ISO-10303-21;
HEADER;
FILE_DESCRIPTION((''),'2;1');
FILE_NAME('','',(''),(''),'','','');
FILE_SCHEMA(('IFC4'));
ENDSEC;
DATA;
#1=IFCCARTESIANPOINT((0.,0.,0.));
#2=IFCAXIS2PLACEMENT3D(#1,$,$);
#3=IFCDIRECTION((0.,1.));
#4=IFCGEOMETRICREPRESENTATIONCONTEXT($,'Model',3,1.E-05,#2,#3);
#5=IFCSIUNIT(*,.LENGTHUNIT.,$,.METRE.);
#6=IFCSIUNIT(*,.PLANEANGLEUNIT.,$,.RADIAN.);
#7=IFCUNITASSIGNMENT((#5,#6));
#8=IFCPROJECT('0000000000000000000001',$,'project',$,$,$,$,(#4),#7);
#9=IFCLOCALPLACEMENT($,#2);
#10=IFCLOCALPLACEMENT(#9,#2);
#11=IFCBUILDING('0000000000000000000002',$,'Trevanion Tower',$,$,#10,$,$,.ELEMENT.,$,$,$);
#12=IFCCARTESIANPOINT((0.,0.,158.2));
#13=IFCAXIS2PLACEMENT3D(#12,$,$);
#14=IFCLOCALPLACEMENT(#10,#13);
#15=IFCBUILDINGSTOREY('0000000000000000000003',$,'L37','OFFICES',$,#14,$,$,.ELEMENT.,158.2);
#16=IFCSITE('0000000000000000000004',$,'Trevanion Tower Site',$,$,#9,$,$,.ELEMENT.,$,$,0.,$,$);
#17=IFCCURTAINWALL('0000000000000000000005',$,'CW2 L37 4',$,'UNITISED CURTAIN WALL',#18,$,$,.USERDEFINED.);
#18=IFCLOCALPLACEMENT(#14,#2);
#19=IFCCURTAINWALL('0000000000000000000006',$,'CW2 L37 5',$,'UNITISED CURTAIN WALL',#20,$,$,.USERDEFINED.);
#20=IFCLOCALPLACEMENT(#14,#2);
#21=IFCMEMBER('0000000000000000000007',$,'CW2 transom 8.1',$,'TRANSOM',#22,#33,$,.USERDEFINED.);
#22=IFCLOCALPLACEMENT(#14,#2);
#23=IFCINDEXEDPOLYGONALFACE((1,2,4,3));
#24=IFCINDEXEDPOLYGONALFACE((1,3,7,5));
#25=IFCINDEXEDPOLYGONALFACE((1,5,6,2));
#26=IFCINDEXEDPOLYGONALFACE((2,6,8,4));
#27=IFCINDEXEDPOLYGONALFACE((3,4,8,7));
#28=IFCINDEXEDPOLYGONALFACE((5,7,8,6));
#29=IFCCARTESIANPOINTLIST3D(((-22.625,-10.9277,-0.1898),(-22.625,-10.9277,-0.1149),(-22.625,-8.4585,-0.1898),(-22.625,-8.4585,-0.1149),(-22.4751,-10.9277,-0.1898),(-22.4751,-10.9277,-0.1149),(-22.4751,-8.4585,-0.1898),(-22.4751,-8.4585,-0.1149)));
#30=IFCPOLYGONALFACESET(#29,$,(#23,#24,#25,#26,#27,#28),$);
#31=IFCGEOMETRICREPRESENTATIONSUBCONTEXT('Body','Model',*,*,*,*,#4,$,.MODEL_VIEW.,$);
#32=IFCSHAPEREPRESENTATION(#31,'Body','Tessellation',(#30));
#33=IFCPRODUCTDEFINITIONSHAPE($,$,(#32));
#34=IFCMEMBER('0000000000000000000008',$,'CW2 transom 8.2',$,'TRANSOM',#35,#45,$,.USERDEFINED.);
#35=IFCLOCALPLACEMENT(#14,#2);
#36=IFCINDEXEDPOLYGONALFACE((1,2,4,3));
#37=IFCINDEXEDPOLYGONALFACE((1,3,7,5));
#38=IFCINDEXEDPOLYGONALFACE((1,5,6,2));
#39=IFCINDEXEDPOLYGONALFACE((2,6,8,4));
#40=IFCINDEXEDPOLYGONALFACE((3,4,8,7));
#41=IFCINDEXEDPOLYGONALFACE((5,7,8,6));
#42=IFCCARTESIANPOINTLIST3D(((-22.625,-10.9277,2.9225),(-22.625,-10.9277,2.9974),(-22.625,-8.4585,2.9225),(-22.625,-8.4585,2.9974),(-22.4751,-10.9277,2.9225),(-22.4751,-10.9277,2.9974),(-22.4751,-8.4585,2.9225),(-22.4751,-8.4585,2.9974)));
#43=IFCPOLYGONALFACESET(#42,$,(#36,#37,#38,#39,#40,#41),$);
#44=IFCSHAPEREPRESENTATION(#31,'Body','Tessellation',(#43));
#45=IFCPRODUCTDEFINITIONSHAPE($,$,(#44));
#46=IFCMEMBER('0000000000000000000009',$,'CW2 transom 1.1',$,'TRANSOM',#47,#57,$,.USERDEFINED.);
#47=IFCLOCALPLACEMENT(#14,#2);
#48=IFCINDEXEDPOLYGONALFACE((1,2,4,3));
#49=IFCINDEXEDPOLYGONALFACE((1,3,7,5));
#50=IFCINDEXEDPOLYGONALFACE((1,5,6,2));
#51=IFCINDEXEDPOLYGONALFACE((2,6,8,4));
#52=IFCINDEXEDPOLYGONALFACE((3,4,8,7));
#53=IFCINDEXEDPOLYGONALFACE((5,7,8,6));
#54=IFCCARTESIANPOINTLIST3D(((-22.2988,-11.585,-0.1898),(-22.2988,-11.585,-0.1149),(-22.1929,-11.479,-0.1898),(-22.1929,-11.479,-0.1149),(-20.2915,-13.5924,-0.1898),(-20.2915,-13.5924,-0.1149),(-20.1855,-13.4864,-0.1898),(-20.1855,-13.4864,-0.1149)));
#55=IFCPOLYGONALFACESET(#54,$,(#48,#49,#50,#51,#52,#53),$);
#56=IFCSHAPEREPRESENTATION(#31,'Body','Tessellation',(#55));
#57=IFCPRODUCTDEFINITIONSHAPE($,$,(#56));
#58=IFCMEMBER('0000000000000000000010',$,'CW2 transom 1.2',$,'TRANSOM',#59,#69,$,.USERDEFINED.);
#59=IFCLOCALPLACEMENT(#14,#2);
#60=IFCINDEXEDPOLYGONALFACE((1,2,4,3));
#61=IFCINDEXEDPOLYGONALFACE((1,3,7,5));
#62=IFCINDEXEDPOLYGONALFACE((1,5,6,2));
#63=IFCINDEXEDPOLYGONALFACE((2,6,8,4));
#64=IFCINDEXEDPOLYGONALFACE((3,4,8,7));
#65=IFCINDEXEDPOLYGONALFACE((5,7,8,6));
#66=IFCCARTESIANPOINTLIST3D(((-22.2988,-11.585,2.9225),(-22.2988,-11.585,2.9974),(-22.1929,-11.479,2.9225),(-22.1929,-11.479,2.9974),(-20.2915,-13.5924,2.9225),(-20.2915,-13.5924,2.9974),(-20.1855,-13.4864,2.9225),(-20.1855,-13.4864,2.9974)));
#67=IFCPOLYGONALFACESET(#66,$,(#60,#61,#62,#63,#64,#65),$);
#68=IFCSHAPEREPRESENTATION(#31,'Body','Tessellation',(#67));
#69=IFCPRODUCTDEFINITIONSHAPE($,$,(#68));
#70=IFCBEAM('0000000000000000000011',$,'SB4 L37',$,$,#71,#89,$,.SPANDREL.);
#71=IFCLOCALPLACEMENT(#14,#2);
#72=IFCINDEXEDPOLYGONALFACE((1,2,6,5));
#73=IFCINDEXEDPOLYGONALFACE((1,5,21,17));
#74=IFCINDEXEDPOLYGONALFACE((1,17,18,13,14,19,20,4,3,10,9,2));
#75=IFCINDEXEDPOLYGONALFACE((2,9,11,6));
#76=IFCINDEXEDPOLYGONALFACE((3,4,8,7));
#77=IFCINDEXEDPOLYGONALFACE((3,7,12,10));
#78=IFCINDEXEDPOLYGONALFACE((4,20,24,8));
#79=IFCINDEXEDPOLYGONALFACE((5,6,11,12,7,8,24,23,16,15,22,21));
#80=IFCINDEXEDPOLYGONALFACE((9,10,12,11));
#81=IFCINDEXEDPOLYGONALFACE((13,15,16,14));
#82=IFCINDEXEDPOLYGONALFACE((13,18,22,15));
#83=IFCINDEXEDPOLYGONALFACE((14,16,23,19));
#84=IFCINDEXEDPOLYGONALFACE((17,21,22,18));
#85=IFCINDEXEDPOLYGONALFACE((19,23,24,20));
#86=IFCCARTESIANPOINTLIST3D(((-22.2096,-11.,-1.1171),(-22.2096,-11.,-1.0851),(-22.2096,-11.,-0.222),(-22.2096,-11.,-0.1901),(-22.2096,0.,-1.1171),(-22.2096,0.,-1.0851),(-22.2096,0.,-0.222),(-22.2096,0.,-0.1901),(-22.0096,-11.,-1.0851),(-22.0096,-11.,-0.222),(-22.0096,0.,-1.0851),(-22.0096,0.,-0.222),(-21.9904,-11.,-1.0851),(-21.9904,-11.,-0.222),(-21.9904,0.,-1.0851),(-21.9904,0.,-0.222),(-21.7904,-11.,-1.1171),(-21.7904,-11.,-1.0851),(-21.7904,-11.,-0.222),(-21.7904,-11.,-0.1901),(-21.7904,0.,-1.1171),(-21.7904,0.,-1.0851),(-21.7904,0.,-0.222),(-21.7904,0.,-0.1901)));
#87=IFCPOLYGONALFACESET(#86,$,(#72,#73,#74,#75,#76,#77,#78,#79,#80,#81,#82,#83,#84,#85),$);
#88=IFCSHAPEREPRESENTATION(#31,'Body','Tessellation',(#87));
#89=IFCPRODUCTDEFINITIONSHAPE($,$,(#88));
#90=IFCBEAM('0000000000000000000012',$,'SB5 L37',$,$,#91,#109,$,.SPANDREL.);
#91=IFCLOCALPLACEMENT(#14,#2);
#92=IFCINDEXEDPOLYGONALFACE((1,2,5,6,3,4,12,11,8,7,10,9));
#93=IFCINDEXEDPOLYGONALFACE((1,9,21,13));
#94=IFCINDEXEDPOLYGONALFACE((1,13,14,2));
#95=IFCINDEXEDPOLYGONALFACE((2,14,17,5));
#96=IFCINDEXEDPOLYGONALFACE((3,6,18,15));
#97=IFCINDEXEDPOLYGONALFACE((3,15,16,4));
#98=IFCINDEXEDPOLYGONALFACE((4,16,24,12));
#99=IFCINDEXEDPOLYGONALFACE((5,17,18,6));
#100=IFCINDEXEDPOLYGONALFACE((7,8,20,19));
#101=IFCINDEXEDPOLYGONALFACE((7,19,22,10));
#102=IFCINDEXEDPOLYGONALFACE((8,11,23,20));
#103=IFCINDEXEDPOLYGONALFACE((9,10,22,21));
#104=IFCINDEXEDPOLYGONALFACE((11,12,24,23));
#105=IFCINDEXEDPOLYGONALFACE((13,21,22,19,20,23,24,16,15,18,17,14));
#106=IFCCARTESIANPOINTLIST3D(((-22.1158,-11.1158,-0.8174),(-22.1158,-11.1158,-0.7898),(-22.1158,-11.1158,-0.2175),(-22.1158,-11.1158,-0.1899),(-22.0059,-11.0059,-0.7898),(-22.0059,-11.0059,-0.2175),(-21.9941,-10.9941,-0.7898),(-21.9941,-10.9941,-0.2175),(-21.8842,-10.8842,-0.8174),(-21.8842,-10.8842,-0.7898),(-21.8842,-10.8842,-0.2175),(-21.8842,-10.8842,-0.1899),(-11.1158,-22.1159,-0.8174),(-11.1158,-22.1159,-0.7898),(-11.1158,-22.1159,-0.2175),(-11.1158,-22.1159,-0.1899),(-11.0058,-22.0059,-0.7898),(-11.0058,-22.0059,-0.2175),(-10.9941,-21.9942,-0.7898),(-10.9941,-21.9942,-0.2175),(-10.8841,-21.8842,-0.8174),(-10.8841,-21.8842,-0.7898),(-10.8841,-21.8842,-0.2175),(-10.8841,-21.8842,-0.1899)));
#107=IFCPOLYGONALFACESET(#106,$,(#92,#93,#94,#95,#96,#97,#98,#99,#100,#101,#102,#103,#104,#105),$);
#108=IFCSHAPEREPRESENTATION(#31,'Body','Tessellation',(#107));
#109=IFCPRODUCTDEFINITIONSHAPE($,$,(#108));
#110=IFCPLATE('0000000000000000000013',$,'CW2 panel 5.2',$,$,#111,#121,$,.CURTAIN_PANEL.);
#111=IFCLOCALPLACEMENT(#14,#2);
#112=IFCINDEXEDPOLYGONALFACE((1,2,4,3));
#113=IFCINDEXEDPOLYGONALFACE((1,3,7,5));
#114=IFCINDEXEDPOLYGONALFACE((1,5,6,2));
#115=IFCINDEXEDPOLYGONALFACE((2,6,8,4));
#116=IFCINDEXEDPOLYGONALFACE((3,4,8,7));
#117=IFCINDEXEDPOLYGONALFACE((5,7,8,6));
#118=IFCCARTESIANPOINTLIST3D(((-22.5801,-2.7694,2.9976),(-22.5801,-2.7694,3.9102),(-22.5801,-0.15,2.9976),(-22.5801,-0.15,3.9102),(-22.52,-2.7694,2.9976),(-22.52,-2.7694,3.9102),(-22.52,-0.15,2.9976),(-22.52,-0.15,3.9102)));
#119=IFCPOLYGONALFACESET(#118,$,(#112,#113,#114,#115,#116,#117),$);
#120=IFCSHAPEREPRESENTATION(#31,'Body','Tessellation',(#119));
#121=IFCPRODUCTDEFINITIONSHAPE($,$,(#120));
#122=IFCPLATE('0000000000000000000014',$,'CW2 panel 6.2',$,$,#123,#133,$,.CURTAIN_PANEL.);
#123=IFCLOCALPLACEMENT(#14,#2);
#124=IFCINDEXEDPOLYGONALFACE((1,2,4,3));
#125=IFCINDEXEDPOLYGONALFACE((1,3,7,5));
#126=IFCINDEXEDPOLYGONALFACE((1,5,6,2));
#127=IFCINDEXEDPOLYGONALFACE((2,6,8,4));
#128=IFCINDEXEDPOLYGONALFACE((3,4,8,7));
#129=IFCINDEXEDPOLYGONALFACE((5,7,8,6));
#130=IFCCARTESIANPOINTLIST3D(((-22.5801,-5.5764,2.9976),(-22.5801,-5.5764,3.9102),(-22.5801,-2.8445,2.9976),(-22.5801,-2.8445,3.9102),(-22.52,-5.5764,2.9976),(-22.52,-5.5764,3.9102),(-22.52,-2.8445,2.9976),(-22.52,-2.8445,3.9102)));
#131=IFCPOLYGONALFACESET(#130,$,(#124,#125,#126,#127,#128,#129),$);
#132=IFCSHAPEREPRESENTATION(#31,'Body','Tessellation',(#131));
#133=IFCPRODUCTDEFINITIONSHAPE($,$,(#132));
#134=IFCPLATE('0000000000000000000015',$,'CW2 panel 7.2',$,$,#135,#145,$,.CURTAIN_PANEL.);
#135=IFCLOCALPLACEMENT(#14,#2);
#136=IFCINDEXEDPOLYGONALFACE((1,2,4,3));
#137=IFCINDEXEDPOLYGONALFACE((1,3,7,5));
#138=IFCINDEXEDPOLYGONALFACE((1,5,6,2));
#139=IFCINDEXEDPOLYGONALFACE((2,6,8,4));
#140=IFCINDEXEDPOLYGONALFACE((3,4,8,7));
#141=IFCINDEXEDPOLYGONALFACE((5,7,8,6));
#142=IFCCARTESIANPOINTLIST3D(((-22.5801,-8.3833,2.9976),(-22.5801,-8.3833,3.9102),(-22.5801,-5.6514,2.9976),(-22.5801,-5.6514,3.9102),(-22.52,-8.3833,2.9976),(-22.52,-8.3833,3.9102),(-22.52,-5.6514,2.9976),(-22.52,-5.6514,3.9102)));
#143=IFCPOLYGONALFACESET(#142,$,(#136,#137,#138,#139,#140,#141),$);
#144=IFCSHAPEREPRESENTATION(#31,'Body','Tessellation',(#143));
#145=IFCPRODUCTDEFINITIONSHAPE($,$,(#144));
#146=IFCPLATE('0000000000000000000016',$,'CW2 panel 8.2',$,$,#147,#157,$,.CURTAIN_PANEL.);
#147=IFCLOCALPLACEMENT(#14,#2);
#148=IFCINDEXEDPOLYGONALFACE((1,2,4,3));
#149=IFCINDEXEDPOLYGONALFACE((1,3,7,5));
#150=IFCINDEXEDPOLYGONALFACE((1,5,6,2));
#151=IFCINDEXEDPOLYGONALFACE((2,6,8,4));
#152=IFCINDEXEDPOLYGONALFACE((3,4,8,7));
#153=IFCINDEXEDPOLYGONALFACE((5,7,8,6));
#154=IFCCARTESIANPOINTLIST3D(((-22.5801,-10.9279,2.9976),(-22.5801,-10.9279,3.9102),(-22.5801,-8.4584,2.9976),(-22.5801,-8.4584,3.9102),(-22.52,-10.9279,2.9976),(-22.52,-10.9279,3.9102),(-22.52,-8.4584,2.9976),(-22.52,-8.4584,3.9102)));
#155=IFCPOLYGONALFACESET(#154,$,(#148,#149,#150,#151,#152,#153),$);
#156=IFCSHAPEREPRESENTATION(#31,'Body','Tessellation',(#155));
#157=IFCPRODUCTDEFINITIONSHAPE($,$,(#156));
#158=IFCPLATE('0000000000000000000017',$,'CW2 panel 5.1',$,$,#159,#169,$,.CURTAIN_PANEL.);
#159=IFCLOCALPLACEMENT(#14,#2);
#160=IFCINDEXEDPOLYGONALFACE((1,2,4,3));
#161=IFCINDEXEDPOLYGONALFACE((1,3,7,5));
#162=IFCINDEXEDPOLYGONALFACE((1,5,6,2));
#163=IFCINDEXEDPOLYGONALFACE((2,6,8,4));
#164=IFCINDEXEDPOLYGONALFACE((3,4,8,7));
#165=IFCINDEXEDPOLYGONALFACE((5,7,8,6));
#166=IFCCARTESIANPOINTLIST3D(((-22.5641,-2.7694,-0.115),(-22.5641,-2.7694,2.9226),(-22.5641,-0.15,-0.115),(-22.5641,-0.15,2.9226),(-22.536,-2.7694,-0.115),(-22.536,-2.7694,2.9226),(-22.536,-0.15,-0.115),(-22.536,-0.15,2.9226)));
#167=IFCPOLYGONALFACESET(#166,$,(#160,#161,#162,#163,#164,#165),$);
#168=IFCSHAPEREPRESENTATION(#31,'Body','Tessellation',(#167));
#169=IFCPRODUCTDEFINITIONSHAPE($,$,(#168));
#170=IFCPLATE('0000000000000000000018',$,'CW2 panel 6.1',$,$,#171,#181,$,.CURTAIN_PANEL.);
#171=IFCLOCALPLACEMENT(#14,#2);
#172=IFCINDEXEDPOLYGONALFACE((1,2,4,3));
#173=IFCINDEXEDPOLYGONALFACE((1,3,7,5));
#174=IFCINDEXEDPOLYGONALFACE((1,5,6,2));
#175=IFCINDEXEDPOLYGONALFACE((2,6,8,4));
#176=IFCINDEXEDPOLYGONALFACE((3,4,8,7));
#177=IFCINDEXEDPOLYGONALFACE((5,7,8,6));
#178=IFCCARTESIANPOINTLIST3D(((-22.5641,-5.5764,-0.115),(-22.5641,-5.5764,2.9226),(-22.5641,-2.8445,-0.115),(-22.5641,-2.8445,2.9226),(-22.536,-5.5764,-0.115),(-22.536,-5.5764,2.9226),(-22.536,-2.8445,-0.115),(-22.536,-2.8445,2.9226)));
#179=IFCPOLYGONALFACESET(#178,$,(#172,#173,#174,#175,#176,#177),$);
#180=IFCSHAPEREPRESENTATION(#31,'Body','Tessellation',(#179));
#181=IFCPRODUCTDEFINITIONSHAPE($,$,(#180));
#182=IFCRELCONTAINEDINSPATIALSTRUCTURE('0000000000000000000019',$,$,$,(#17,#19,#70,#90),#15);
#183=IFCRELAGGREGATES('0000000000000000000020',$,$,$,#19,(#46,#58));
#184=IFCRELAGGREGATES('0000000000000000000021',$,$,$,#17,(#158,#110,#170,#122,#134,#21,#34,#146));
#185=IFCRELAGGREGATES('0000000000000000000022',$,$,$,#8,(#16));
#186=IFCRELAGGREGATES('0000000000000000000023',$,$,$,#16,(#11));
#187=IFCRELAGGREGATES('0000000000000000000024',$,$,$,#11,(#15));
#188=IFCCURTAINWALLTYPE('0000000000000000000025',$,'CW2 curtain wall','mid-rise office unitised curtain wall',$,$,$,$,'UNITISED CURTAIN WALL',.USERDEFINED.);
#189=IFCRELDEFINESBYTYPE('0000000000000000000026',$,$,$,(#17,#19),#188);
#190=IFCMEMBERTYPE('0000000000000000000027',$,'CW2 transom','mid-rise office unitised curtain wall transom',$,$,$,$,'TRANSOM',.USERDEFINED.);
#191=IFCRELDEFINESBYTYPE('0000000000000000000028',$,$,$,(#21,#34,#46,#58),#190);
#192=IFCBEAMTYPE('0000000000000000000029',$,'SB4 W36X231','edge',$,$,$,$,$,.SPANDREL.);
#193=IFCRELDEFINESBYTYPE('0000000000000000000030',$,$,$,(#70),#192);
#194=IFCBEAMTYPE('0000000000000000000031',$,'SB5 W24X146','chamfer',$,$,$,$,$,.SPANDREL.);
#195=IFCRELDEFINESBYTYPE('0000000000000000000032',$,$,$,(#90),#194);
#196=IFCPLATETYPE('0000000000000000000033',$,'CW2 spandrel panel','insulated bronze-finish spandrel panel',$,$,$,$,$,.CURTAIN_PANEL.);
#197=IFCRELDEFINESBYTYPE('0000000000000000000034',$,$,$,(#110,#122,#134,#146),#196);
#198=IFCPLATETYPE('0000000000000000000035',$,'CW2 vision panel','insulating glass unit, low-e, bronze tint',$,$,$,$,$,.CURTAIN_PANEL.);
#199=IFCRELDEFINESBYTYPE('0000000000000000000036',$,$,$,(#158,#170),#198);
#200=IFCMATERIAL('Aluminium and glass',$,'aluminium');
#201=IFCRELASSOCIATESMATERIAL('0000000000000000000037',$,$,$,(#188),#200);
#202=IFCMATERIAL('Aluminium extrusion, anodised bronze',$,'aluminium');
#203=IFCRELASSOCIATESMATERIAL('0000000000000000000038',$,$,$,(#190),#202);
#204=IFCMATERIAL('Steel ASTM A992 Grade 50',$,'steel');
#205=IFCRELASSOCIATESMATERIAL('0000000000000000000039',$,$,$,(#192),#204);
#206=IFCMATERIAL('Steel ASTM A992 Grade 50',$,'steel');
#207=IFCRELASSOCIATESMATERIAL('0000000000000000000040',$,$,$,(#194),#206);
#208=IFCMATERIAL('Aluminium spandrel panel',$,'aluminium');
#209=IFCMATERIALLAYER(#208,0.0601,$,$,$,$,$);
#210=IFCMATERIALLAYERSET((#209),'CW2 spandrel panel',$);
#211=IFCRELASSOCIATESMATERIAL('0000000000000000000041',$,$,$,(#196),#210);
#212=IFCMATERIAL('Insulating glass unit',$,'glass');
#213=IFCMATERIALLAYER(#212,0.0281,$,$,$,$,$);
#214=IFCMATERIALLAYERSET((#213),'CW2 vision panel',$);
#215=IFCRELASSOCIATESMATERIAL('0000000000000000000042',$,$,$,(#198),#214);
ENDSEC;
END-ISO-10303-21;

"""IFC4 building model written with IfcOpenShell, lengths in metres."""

from ifc_helpers import new_model, si_unit, direction, frame, origin, origin_2d, place, context, subcontext, project, spatial, rectangle, i_section, extrude, material, layer, layer_set, material_profile, profile_set, type_object, element, aggregate, save


model = new_model("IFC4")

# Units and contexts
model_context = context("Model", 3, precision=1e-05, world=origin(), true_north=direction((0.0, 1.0)))
body_context = subcontext(model_context, "Body", "Model", "MODEL_VIEW")
ifc_project = project(units=[si_unit("LENGTHUNIT", "METRE"), si_unit("PLANEANGLEUNIT", "RADIAN")], contexts=[model_context])

# Site, building, storey
site_placement = place(None, origin())
site = spatial("IfcSite", under=ifc_project, at=site_placement, Name="Trevanion Tower Site", CompositionType="ELEMENT", RefElevation=0.0)
building_placement = place(site_placement, origin())
building = spatial("IfcBuilding", under=site, at=building_placement, Name="Trevanion Tower", CompositionType="ELEMENT")
storey_placement = place(building_placement, frame((0.0, 0.0, 158.2)))
storey = spatial("IfcBuildingStorey", under=building, at=storey_placement, Name="L37", Description="OFFICES", CompositionType="ELEMENT", Elevation=158.2)

# Curtain wall
ifc_material_1 = material(Name="Aluminium and glass", Category="aluminium")
curtain_wall_type = type_object("IfcCurtainWallType", Name="CW2 curtain wall", Description="mid-rise office unitised curtain wall", ElementType="UNITISED CURTAIN WALL", PredefinedType="USERDEFINED", material=ifc_material_1)
curtain_wall_1_placement = place(storey_placement, origin())
curtain_wall_1 = element("IfcCurtainWall", 1, at=curtain_wall_1_placement, inside=storey, type_object=curtain_wall_type, Name="CW2 L37 4", ObjectType="UNITISED CURTAIN WALL", PredefinedType="USERDEFINED")

# Curtain wall
curtain_wall_2_placement = place(storey_placement, origin())
curtain_wall_2 = element("IfcCurtainWall", 2, at=curtain_wall_2_placement, inside=storey, type_object=curtain_wall_type, Name="CW2 L37 5", ObjectType="UNITISED CURTAIN WALL", PredefinedType="USERDEFINED")

# Members
ifc_material_2 = material(Name="Aluminium extrusion, anodised bronze", Category="aluminium")
ifc_material_profile_1 = material_profile(ifc_material_2, rectangle(XDim=0.1499, YDim=0.075, at=origin_2d()), Name="CW2 transom")
ifc_profile_set_1 = profile_set([ifc_material_profile_1], Name="Aluminium extrusion, anodised bronze")
member_type_1 = type_object("IfcMemberType", Name="CW2 transom", Description="mid-rise office unitised curtain wall transom", ElementType="TRANSOM", PredefinedType="USERDEFINED", material=ifc_profile_set_1)
member_1_placement = place(storey_placement, frame((-22.55, -8.4585, -0.1523), z_axis=(0.0, -1.0, 0.0), x_axis=(1.0, 0.0, 0.0)))
member_1 = element("IfcMember", 3, at=member_1_placement, type_object=member_type_1, Name="CW2 transom 8.1", ObjectType="TRANSOM", PredefinedType="USERDEFINED", context=body_context, shape_type="SweptSolid", body=[
    extrude(rectangle(XDim=0.1499, YDim=0.075, at=origin_2d()), origin(), (0.0, 0.0, 1.0), 2.4692),
])
member_2_placement = place(storey_placement, frame((-22.55, -8.4585, 2.96), z_axis=(0.0, -1.0, 0.0), x_axis=(1.0, 0.0, 0.0)))
member_2 = element("IfcMember", 4, at=member_2_placement, type_object=member_type_1, Name="CW2 transom 8.2", ObjectType="TRANSOM", PredefinedType="USERDEFINED", context=body_context, shape_type="SweptSolid", body=[
    extrude(rectangle(XDim=0.1499, YDim=0.075, at=origin_2d()), origin(), (0.0, 0.0, 1.0), 2.4692),
])
member_3_placement = place(storey_placement, frame((-22.2458, -11.532, -0.1523), z_axis=(0.707107, -0.707107, 0.0), x_axis=(0.707107, 0.707107, 0.0)))
member_3 = element("IfcMember", 5, at=member_3_placement, type_object=member_type_1, Name="CW2 transom 1.1", ObjectType="TRANSOM", PredefinedType="USERDEFINED", context=body_context, shape_type="SweptSolid", body=[
    extrude(rectangle(XDim=0.1499, YDim=0.075, at=origin_2d()), origin(), (0.0, 0.0, 1.0), 2.8389),
])
member_4_placement = place(storey_placement, frame((-22.2458, -11.532, 2.96), z_axis=(0.707107, -0.707107, 0.0), x_axis=(0.707107, 0.707107, 0.0)))
member_4 = element("IfcMember", 6, at=member_4_placement, type_object=member_type_1, Name="CW2 transom 1.2", ObjectType="TRANSOM", PredefinedType="USERDEFINED", context=body_context, shape_type="SweptSolid", body=[
    extrude(rectangle(XDim=0.1499, YDim=0.075, at=origin_2d()), origin(), (0.0, 0.0, 1.0), 2.8389),
])
aggregate(curtain_wall_2, [member_3, member_4])

# Beams
ifc_material_3 = material(Name="Steel ASTM A992 Grade 50", Category="steel")
ifc_material_profile_2 = material_profile(ifc_material_3, i_section(OverallWidth=0.4192, OverallDepth=0.927, WebThickness=0.0193, FlangeThickness=0.032, at=origin_2d()), Name="W36X231")
ifc_profile_set_2 = profile_set([ifc_material_profile_2], Name="Steel ASTM A992 Grade 50")
beam_type_1 = type_object("IfcBeamType", Name="SB4 W36X231", Description="edge", PredefinedType="SPANDREL", material=ifc_profile_set_2)
beam_1_placement = place(storey_placement, frame((-22.0, 0.0, -0.6536), z_axis=(0.0, -1.0, 0.0), x_axis=(1.0, 0.0, 0.0)))
element("IfcBeam", 7, at=beam_1_placement, inside=storey, type_object=beam_type_1, Name="SB4 L37", PredefinedType="SPANDREL", context=body_context, shape_type="SweptSolid", body=[
    extrude(i_section(OverallWidth=0.4192, OverallDepth=0.927, WebThickness=0.0193, FlangeThickness=0.032, at=origin_2d()), origin(), (0.0, 0.0, 1.0), 11.0),
])
ifc_material_4 = material(Name="Steel ASTM A992 Grade 50", Category="steel")
ifc_material_profile_3 = material_profile(ifc_material_4, i_section(OverallWidth=0.3276, OverallDepth=0.6274, WebThickness=0.0166, FlangeThickness=0.0276, at=origin_2d()), Name="W24X146")
ifc_profile_set_3 = profile_set([ifc_material_profile_3], Name="Steel ASTM A992 Grade 50")
beam_type_2 = type_object("IfcBeamType", Name="SB5 W24X146", Description="chamfer", PredefinedType="SPANDREL", material=ifc_profile_set_3)
beam_2_placement = place(storey_placement, frame((-22.0, -11.0, -0.5037), z_axis=(0.707107, -0.707107, 0.0), x_axis=(0.707107, 0.707107, 0.0)))
element("IfcBeam", 8, at=beam_2_placement, inside=storey, type_object=beam_type_2, Name="SB5 L37", PredefinedType="SPANDREL", context=body_context, shape_type="SweptSolid", body=[
    extrude(i_section(OverallWidth=0.3276, OverallDepth=0.6274, WebThickness=0.0166, FlangeThickness=0.0276, at=origin_2d()), origin(), (0.0, 0.0, 1.0), 15.5564),
])

# Plates
ifc_material_5 = material(Name="Aluminium spandrel panel", Category="aluminium")
ifc_layer_1 = layer(ifc_material_5, 0.0601)
ifc_layer_set_1 = layer_set([ifc_layer_1], Name="CW2 spandrel panel")
plate_type_1 = type_object("IfcPlateType", Name="CW2 spandrel panel", Description="insulated bronze-finish spandrel panel", PredefinedType="CURTAIN_PANEL", material=ifc_layer_set_1)
plate_1_placement = place(storey_placement, frame((-22.55, -1.4597, 2.9976), z_axis=(0.0, 0.0, 1.0), x_axis=(0.0, -1.0, 0.0)))
plate_1 = element("IfcPlate", 9, at=plate_1_placement, type_object=plate_type_1, Name="CW2 panel 5.2", PredefinedType="CURTAIN_PANEL", context=body_context, shape_type="SweptSolid", body=[
    extrude(rectangle(XDim=2.6194, YDim=0.0601, at=origin_2d()), origin(), (0.0, 0.0, 1.0), 0.9126),
])
plate_2_placement = place(storey_placement, frame((-22.55, -4.2104, 2.9976), z_axis=(0.0, 0.0, 1.0), x_axis=(0.0, -1.0, 0.0)))
plate_2 = element("IfcPlate", 10, at=plate_2_placement, type_object=plate_type_1, Name="CW2 panel 6.2", PredefinedType="CURTAIN_PANEL", context=body_context, shape_type="SweptSolid", body=[
    extrude(rectangle(XDim=2.7319, YDim=0.0601, at=origin_2d()), origin(), (0.0, 0.0, 1.0), 0.9126),
])
plate_3_placement = place(storey_placement, frame((-22.55, -7.0173, 2.9976), z_axis=(0.0, 0.0, 1.0), x_axis=(0.0, -1.0, 0.0)))
plate_3 = element("IfcPlate", 11, at=plate_3_placement, type_object=plate_type_1, Name="CW2 panel 7.2", PredefinedType="CURTAIN_PANEL", context=body_context, shape_type="SweptSolid", body=[
    extrude(rectangle(XDim=2.7319, YDim=0.0601, at=origin_2d()), origin(), (0.0, 0.0, 1.0), 0.9126),
])
plate_4_placement = place(storey_placement, frame((-22.55, -9.6931, 2.9976), z_axis=(0.0, 0.0, 1.0), x_axis=(0.0, -1.0, 0.0)))
plate_4 = element("IfcPlate", 12, at=plate_4_placement, type_object=plate_type_1, Name="CW2 panel 8.2", PredefinedType="CURTAIN_PANEL", context=body_context, shape_type="SweptSolid", body=[
    extrude(rectangle(XDim=2.4695, YDim=0.0601, at=origin_2d()), origin(), (0.0, 0.0, 1.0), 0.9126),
])
ifc_material_6 = material(Name="Insulating glass unit", Category="glass")
ifc_layer_2 = layer(ifc_material_6, 0.0281)
ifc_layer_set_2 = layer_set([ifc_layer_2], Name="CW2 vision panel")
plate_type_2 = type_object("IfcPlateType", Name="CW2 vision panel", Description="insulating glass unit, low-e, bronze tint", PredefinedType="CURTAIN_PANEL", material=ifc_layer_set_2)
plate_5_placement = place(storey_placement, frame((-22.55, -1.4597, -0.115), z_axis=(0.0, 0.0, 1.0), x_axis=(0.0, -1.0, 0.0)))
plate_5 = element("IfcPlate", 13, at=plate_5_placement, type_object=plate_type_2, Name="CW2 panel 5.1", PredefinedType="CURTAIN_PANEL", context=body_context, shape_type="SweptSolid", body=[
    extrude(rectangle(XDim=2.6194, YDim=0.0281, at=origin_2d()), origin(), (0.0, 0.0, 1.0), 3.0376),
])
plate_6_placement = place(storey_placement, frame((-22.55, -4.2104, -0.115), z_axis=(0.0, 0.0, 1.0), x_axis=(0.0, -1.0, 0.0)))
plate_6 = element("IfcPlate", 14, at=plate_6_placement, type_object=plate_type_2, Name="CW2 panel 6.1", PredefinedType="CURTAIN_PANEL", context=body_context, shape_type="SweptSolid", body=[
    extrude(rectangle(XDim=2.7319, YDim=0.0281, at=origin_2d()), origin(), (0.0, 0.0, 1.0), 3.0376),
])
aggregate(curtain_wall_1, [plate_5, plate_1, plate_6, plate_2, plate_3, member_1, member_2, plate_4])

save(model, "model.ifc")
